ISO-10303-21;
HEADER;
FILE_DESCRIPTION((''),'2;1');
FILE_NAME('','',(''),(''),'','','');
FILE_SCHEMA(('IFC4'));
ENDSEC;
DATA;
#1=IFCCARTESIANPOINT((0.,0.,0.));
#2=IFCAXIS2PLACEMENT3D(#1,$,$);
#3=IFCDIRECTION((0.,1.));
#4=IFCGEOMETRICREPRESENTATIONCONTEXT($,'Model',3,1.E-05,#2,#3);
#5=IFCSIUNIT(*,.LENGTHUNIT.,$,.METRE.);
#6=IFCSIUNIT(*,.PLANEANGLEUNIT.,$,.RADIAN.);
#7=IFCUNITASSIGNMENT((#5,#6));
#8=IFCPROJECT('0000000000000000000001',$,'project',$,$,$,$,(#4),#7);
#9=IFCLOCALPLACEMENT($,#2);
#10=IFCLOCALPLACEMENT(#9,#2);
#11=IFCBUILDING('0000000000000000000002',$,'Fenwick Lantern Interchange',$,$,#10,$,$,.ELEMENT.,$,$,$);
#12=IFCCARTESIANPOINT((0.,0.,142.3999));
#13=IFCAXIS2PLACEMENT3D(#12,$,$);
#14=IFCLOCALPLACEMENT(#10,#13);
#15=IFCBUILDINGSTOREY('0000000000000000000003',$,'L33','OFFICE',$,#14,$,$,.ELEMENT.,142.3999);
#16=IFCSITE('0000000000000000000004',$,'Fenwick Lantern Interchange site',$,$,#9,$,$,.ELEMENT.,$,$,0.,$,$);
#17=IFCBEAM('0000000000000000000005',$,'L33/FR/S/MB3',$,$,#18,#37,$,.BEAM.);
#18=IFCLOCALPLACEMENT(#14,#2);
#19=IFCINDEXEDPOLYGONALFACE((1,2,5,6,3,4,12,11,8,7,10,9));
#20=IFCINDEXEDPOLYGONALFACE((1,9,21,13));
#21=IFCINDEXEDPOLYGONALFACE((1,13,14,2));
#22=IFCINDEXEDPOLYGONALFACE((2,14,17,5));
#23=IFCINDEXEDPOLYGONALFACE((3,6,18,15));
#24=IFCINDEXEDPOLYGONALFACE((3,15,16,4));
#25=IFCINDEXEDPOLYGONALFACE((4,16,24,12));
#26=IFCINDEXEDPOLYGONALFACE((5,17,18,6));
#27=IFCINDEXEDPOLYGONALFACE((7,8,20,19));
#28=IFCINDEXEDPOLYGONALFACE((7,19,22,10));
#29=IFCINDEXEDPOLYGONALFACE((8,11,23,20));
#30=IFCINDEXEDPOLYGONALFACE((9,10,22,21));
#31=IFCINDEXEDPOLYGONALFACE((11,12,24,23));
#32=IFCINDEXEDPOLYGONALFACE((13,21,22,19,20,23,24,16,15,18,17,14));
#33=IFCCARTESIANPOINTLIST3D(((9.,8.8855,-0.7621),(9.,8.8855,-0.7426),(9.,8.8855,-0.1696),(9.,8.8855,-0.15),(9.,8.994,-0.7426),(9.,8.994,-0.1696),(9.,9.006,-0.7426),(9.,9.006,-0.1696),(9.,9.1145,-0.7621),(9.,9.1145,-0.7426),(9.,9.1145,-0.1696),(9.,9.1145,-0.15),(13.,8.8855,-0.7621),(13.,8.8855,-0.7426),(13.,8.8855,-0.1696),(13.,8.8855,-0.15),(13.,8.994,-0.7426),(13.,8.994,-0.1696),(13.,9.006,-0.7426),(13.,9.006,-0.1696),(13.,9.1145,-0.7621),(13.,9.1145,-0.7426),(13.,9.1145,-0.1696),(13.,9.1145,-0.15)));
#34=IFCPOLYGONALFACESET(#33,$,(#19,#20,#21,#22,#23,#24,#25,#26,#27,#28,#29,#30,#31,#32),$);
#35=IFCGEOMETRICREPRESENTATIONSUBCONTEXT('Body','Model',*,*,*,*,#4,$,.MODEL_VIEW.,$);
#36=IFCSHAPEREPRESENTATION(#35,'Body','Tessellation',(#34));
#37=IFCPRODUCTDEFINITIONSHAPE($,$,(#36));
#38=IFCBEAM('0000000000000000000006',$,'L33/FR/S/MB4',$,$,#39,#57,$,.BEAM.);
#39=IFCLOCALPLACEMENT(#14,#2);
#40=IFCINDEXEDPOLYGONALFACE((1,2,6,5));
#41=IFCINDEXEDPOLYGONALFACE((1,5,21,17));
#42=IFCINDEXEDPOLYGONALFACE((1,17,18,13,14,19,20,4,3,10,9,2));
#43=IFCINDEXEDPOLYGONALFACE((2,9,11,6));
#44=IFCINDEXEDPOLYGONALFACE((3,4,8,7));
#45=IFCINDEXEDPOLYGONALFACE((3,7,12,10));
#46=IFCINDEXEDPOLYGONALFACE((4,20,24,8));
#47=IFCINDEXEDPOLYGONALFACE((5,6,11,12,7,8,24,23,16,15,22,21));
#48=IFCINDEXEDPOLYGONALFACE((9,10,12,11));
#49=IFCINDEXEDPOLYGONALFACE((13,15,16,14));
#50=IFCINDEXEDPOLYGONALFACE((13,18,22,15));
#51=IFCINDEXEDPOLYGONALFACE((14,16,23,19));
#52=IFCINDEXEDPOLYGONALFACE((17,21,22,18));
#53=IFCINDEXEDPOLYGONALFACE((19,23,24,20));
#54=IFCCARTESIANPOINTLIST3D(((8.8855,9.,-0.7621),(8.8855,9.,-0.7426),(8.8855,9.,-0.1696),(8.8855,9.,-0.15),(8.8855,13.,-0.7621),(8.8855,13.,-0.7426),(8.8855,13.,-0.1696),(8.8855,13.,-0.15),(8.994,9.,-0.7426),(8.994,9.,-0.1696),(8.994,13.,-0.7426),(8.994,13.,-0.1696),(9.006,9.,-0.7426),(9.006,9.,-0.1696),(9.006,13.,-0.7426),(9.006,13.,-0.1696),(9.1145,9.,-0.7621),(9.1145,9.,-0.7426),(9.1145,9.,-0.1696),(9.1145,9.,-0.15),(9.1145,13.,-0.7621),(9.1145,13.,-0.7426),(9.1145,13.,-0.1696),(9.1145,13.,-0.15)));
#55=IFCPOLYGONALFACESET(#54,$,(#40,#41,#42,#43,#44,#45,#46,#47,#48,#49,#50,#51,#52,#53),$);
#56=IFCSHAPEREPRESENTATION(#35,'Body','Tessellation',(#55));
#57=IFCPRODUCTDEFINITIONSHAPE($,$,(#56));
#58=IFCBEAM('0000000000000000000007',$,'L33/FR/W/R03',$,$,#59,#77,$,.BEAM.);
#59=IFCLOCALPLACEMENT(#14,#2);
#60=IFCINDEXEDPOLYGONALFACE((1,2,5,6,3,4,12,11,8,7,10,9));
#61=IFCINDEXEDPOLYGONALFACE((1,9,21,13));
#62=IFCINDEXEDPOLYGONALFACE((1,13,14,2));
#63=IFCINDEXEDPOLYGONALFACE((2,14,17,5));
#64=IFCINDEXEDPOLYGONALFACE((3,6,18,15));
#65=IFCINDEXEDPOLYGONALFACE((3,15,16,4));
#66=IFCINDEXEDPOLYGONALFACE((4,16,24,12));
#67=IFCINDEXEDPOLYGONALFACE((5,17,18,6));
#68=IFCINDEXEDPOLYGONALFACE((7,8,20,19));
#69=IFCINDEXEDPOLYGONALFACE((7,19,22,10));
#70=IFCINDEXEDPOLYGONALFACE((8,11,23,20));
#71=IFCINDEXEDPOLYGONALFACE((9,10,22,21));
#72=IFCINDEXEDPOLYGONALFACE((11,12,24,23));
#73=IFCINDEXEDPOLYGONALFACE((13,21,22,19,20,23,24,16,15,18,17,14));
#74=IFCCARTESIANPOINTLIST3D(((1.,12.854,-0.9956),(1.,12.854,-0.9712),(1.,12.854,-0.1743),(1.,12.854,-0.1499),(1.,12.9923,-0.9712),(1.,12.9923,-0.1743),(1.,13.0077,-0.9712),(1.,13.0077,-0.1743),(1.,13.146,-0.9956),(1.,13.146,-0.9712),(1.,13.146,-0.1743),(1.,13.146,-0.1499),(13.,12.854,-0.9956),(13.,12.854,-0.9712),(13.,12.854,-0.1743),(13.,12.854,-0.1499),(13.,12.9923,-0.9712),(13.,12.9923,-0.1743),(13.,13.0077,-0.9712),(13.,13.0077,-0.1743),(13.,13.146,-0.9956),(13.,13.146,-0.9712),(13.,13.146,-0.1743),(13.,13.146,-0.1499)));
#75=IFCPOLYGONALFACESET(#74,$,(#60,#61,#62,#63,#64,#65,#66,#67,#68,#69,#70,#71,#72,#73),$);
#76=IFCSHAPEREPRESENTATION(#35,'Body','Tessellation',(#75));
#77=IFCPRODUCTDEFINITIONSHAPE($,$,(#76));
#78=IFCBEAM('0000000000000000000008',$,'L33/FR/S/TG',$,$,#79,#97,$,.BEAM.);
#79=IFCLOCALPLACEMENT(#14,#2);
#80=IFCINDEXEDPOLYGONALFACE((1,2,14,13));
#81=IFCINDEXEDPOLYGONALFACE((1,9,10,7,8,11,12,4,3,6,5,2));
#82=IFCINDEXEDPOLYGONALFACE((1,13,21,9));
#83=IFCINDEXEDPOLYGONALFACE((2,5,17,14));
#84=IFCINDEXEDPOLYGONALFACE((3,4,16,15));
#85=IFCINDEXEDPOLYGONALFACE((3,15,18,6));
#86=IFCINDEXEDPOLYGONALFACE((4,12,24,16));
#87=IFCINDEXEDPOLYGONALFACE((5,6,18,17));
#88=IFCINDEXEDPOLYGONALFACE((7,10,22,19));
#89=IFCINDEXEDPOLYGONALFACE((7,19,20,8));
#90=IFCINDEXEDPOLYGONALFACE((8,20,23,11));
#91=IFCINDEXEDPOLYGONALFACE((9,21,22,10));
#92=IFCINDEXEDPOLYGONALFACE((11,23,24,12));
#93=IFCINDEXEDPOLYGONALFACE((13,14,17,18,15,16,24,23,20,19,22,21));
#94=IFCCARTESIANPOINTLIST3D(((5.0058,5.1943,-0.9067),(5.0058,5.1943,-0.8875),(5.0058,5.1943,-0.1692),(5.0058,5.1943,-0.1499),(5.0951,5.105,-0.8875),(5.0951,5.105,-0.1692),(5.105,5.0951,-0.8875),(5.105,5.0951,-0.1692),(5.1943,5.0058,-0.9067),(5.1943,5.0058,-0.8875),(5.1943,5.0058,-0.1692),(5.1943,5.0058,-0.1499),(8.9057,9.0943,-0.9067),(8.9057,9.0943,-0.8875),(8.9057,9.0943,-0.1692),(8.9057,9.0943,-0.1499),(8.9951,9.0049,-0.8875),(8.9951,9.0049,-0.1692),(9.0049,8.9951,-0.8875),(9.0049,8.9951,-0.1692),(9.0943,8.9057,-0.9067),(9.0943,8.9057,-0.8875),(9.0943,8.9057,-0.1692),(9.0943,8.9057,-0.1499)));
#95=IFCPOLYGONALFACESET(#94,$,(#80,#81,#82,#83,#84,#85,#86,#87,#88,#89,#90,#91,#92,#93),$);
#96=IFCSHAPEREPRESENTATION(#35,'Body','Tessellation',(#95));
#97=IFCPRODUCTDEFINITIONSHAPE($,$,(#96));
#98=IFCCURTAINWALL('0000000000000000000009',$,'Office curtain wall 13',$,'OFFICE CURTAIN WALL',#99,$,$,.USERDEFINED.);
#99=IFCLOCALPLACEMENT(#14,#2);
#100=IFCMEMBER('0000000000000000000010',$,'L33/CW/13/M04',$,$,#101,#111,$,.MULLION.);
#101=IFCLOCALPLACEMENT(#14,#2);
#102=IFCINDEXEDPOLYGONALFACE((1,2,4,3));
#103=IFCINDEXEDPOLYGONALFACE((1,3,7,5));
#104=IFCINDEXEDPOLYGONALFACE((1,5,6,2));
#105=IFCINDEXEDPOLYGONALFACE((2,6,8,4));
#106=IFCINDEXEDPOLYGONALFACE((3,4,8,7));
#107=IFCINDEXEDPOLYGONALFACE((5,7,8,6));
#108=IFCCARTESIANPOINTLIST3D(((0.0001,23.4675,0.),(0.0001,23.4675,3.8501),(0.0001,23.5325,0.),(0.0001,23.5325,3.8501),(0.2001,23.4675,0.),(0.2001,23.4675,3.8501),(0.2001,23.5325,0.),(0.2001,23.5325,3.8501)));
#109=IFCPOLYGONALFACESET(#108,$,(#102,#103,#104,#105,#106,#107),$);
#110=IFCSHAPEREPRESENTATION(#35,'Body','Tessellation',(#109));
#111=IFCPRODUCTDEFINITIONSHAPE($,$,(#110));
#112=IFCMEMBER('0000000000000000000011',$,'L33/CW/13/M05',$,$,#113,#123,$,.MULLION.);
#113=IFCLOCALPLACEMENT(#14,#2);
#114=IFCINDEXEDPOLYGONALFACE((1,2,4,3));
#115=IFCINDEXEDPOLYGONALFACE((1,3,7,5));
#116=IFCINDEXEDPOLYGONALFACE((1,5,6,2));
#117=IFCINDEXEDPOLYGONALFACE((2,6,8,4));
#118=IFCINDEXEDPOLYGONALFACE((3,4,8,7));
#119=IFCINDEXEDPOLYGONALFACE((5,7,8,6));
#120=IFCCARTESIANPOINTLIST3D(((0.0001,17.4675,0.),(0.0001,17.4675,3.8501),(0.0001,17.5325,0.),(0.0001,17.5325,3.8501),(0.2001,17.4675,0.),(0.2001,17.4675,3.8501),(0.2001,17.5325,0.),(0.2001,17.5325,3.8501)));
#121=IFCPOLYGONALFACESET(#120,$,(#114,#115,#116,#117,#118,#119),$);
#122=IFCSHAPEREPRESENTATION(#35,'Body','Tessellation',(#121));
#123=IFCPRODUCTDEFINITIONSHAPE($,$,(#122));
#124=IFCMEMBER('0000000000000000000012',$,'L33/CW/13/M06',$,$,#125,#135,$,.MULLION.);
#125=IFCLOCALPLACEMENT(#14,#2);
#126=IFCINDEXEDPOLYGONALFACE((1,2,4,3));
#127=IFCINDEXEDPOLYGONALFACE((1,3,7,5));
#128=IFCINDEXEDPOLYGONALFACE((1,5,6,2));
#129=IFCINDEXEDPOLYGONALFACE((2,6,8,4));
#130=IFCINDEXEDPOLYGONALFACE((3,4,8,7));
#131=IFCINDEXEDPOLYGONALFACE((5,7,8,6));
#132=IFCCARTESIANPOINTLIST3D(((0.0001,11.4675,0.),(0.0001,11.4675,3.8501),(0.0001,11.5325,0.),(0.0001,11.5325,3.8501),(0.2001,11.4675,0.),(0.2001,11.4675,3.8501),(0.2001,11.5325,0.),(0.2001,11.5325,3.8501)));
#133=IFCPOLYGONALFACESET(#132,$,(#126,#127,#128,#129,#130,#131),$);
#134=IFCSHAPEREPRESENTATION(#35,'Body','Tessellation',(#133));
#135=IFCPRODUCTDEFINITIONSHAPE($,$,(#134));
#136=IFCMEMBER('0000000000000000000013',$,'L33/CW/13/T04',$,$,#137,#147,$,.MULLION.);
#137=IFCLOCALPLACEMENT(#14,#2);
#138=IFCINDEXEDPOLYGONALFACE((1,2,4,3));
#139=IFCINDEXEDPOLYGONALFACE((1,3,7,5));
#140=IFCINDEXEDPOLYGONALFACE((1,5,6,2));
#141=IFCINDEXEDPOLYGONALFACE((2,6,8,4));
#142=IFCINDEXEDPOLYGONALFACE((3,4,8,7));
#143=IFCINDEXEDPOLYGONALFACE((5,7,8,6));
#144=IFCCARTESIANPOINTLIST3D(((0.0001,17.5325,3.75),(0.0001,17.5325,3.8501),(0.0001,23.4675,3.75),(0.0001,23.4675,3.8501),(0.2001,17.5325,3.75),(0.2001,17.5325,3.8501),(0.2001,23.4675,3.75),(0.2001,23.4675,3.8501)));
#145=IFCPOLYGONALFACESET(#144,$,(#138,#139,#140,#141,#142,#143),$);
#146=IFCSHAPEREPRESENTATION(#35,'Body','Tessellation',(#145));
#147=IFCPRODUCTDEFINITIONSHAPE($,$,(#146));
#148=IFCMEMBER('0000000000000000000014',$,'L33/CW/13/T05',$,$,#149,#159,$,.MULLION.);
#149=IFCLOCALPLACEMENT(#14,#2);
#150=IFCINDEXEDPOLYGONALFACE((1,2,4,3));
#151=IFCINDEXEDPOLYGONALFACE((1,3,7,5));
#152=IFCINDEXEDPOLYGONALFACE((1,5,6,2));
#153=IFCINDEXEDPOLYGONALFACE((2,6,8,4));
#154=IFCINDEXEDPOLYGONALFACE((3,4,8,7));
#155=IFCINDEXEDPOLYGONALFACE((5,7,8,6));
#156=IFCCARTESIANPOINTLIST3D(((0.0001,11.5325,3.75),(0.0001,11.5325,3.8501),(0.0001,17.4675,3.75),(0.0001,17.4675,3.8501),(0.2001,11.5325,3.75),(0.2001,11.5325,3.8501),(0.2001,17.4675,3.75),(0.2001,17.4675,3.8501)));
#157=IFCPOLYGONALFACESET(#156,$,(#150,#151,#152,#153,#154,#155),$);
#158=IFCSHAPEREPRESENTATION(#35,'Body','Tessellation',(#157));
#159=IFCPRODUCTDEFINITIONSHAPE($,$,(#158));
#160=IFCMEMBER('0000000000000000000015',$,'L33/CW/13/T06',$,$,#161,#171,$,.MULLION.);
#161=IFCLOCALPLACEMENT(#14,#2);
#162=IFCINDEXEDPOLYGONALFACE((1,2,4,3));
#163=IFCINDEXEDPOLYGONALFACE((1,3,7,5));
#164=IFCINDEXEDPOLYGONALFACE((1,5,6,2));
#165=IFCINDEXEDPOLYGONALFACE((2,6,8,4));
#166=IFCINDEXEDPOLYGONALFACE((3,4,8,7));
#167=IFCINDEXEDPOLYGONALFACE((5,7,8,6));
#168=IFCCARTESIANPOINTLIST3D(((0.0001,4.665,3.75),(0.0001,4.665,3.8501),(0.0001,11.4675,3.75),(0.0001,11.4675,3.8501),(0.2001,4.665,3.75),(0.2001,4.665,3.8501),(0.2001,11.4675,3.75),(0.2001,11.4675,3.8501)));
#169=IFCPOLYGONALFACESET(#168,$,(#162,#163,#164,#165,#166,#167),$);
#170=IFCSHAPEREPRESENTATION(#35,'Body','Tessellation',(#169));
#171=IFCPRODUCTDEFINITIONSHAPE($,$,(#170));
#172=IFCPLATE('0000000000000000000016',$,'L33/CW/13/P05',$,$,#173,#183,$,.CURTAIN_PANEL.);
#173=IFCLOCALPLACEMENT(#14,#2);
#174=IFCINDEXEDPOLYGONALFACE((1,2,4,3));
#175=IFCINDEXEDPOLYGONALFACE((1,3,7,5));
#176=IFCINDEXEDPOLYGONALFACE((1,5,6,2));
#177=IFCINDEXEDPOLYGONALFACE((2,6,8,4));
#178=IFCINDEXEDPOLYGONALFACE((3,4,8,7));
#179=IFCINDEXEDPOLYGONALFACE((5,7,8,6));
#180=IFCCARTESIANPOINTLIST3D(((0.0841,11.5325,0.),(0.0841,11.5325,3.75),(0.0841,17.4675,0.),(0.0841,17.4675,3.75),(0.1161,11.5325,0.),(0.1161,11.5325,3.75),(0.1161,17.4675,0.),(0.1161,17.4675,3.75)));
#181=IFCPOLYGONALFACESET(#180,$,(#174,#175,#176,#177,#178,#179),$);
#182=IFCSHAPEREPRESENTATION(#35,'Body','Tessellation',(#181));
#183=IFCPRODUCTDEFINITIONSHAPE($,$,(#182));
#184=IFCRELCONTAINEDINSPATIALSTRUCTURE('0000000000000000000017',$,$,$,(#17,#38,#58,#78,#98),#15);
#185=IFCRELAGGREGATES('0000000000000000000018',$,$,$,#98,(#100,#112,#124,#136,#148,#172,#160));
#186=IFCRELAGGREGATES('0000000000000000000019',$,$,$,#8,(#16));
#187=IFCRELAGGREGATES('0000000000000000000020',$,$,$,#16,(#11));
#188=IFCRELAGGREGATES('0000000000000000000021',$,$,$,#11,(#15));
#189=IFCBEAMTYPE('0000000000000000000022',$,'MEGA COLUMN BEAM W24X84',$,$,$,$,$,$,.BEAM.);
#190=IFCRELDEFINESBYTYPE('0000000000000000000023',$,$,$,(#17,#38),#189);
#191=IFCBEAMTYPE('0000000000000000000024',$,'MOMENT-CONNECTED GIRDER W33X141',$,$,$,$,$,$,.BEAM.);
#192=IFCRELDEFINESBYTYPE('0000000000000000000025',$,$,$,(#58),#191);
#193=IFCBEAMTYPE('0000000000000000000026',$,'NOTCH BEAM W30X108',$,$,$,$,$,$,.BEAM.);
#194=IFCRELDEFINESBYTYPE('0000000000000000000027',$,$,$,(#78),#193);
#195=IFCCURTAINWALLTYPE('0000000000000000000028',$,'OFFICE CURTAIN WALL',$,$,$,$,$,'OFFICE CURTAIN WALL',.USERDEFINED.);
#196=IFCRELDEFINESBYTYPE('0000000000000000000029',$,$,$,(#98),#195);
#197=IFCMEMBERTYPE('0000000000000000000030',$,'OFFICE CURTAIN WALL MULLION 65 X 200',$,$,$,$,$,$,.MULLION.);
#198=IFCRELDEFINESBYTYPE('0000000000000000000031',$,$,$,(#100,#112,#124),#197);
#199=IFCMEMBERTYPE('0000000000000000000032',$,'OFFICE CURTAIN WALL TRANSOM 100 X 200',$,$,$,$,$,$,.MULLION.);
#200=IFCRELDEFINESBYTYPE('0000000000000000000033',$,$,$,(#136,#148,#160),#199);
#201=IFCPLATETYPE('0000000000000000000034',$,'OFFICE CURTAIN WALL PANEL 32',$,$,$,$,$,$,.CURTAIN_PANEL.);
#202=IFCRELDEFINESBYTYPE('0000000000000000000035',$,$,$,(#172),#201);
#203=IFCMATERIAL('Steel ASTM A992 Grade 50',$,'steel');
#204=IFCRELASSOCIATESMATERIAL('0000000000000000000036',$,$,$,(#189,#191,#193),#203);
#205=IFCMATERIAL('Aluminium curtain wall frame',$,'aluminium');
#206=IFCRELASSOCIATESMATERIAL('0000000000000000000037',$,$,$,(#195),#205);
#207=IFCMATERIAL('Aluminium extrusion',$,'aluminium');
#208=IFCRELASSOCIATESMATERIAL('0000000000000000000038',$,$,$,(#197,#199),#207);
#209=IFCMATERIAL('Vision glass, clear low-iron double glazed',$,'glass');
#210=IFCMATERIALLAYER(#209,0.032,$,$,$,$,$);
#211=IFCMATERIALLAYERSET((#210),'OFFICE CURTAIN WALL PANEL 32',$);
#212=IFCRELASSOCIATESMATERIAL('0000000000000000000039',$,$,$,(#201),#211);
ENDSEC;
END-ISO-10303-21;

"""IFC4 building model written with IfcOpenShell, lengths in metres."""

from ifc_helpers import new_model, si_unit, direction, frame, origin, origin_2d, place, context, subcontext, project, spatial, rectangle, i_section, extrude, material, layer, layer_set, material_profile, profile_set, type_object, element, aggregate, save


model = new_model("IFC4")

# Units and contexts
model_context = context("Model", 3, precision=1e-05, world=origin(), true_north=direction((0.0, 1.0)))
body_context = subcontext(model_context, "Body", "Model", "MODEL_VIEW")
ifc_project = project(units=[si_unit("LENGTHUNIT", "METRE"), si_unit("PLANEANGLEUNIT", "RADIAN")], contexts=[model_context])

# Site, building, storey
site_placement = place(None, origin())
site = spatial("IfcSite", under=ifc_project, at=site_placement, Name="Fenwick Lantern Interchange site", CompositionType="ELEMENT", RefElevation=0.0)
building_placement = place(site_placement, origin())
building = spatial("IfcBuilding", under=site, at=building_placement, Name="Fenwick Lantern Interchange", CompositionType="ELEMENT")
storey_placement = place(building_placement, frame((0.0, 0.0, 142.3999)))
storey = spatial("IfcBuildingStorey", under=building, at=storey_placement, Name="L33", Description="OFFICE", CompositionType="ELEMENT", Elevation=142.3999)

# Beams
ifc_material_1 = material(Name="Steel ASTM A992 Grade 50", Category="steel")
ifc_material_profile_1 = material_profile(ifc_material_1, i_section(OverallWidth=0.229, OverallDepth=0.6121, WebThickness=0.012, FlangeThickness=0.0195, at=origin_2d()), Name="W24X84")
ifc_profile_set_1 = profile_set([ifc_material_profile_1], Name="Steel ASTM A992 Grade 50")
beam_type_1 = type_object("IfcBeamType", Name="MEGA COLUMN BEAM W24X84", PredefinedType="BEAM", material=ifc_profile_set_1)
for number, where, z_axis, x_axis, name in (
    (1, (9.0, 9.0, -0.4561), (1.0, 0.0, 0.0), (0.0, 1.0, 0.0), "L33/FR/S/MB3"),
    (2, (9.0, 9.0, -0.4561), (0.0, 1.0, 0.0), (-1.0, 0.0, 0.0), "L33/FR/S/MB4"),
):
    element("IfcBeam", number, at=place(storey_placement, frame(where, z_axis=z_axis, x_axis=x_axis)), inside=storey, type_object=beam_type_1, Name=name, PredefinedType="BEAM", context=body_context, shape_type="SweptSolid", body=[
        extrude(i_section(OverallWidth=0.229, OverallDepth=0.6121, WebThickness=0.012, FlangeThickness=0.0195, at=origin_2d()), origin(), (0.0, 0.0, 1.0), 4.0),
    ])
ifc_material_profile_2 = material_profile(ifc_material_1, i_section(OverallWidth=0.292, OverallDepth=0.8457, WebThickness=0.0154, FlangeThickness=0.0244, at=origin_2d()), Name="W33X141")
ifc_profile_set_2 = profile_set([ifc_material_profile_2], Name="Steel ASTM A992 Grade 50")
beam_type_2 = type_object("IfcBeamType", Name="MOMENT-CONNECTED GIRDER W33X141", PredefinedType="BEAM", material=ifc_profile_set_2)
beam_1_placement = place(storey_placement, frame((1.0, 13.0, -0.5728), z_axis=(1.0, 0.0, 0.0), x_axis=(0.0, 1.0, 0.0)))
element("IfcBeam", 3, at=beam_1_placement, inside=storey, type_object=beam_type_2, Name="L33/FR/W/R03", PredefinedType="BEAM", context=body_context, shape_type="SweptSolid", body=[
    extrude(i_section(OverallWidth=0.292, OverallDepth=0.8457, WebThickness=0.0154, FlangeThickness=0.0244, at=origin_2d()), origin(), (0.0, 0.0, 1.0), 12.0),
])
ifc_material_profile_3 = material_profile(ifc_material_1, i_section(OverallWidth=0.2666, OverallDepth=0.7568, WebThickness=0.0139, FlangeThickness=0.0193, at=origin_2d()), Name="W30X108")
ifc_profile_set_3 = profile_set([ifc_material_profile_3], Name="Steel ASTM A992 Grade 50")
beam_type_3 = type_object("IfcBeamType", Name="NOTCH BEAM W30X108", PredefinedType="BEAM", material=ifc_profile_set_3)
beam_2_placement = place(storey_placement, frame((9.0, 9.0, -0.5283), z_axis=(-0.707107, -0.707107, 0.0), x_axis=(0.707107, -0.707107, 0.0)))
element("IfcBeam", 4, at=beam_2_placement, inside=storey, type_object=beam_type_3, Name="L33/FR/S/TG", PredefinedType="BEAM", context=body_context, shape_type="SweptSolid", body=[
    extrude(i_section(OverallWidth=0.2666, OverallDepth=0.7568, WebThickness=0.0139, FlangeThickness=0.0193, at=origin_2d()), origin(), (0.0, 0.0, 1.0), 5.5154),
])

# Curtain wall, members, plate
ifc_material_2 = material(Name="Aluminium curtain wall frame", Category="aluminium")
curtain_wall_type = type_object("IfcCurtainWallType", Name="OFFICE CURTAIN WALL", ElementType="OFFICE CURTAIN WALL", PredefinedType="USERDEFINED", material=ifc_material_2)
curtain_wall_placement = place(storey_placement, origin())
curtain_wall = element("IfcCurtainWall", 5, at=curtain_wall_placement, inside=storey, type_object=curtain_wall_type, Name="Office curtain wall 13", ObjectType="OFFICE CURTAIN WALL", PredefinedType="USERDEFINED")
ifc_material_3 = material(Name="Aluminium extrusion", Category="aluminium")
ifc_material_profile_4 = material_profile(ifc_material_3, rectangle(XDim=0.2, YDim=0.0649, at=origin_2d()), Name="OFFICE CURTAIN WALL MULLION 65 X 200")
ifc_profile_set_4 = profile_set([ifc_material_profile_4], Name="Aluminium extrusion")
member_type_1 = type_object("IfcMemberType", Name="OFFICE CURTAIN WALL MULLION 65 X 200", PredefinedType="MULLION", material=ifc_profile_set_4)
member_1_placement = place(storey_placement, frame((0.1001, 23.5, 0.0), z_axis=(0.0, 0.0, 1.0), x_axis=(1.0, 0.0, 0.0)))
member_1 = element("IfcMember", 6, at=member_1_placement, type_object=member_type_1, Name="L33/CW/13/M04", PredefinedType="MULLION", context=body_context, shape_type="SweptSolid", body=[
    extrude(rectangle(XDim=0.2, YDim=0.0649, at=origin_2d()), origin(), (0.0, 0.0, 1.0), 3.8501),
])
member_2_placement = place(storey_placement, frame((0.1001, 17.5, 0.0), z_axis=(0.0, 0.0, 1.0), x_axis=(1.0, 0.0, 0.0)))
member_2 = element("IfcMember", 7, at=member_2_placement, type_object=member_type_1, Name="L33/CW/13/M05", PredefinedType="MULLION", context=body_context, shape_type="SweptSolid", body=[
    extrude(rectangle(XDim=0.2, YDim=0.0649, at=origin_2d()), origin(), (0.0, 0.0, 1.0), 3.8501),
])
member_3_placement = place(storey_placement, frame((0.1001, 11.5, 0.0), z_axis=(0.0, 0.0, 1.0), x_axis=(1.0, 0.0, 0.0)))
member_3 = element("IfcMember", 8, at=member_3_placement, type_object=member_type_1, Name="L33/CW/13/M06", PredefinedType="MULLION", context=body_context, shape_type="SweptSolid", body=[
    extrude(rectangle(XDim=0.2, YDim=0.0649, at=origin_2d()), origin(), (0.0, 0.0, 1.0), 3.8501),
])
ifc_material_profile_5 = material_profile(ifc_material_3, rectangle(XDim=0.2, YDim=0.1001, at=origin_2d()), Name="OFFICE CURTAIN WALL TRANSOM 100 X 200")
ifc_profile_set_5 = profile_set([ifc_material_profile_5], Name="Aluminium extrusion")
member_type_2 = type_object("IfcMemberType", Name="OFFICE CURTAIN WALL TRANSOM 100 X 200", PredefinedType="MULLION", material=ifc_profile_set_5)
member_4_placement = place(storey_placement, frame((0.1001, 23.4675, 3.8), z_axis=(0.0, -1.0, 0.0), x_axis=(1.0, 0.0, 0.0)))
member_4 = element("IfcMember", 9, at=member_4_placement, type_object=member_type_2, Name="L33/CW/13/T04", PredefinedType="MULLION", context=body_context, shape_type="SweptSolid", body=[
    extrude(rectangle(XDim=0.2, YDim=0.1001, at=origin_2d()), origin(), (0.0, 0.0, 1.0), 5.9351),
])
member_5_placement = place(storey_placement, frame((0.1001, 17.4675, 3.8), z_axis=(0.0, -1.0, 0.0), x_axis=(1.0, 0.0, 0.0)))
member_5 = element("IfcMember", 10, at=member_5_placement, type_object=member_type_2, Name="L33/CW/13/T05", PredefinedType="MULLION", context=body_context, shape_type="SweptSolid", body=[
    extrude(rectangle(XDim=0.2, YDim=0.1001, at=origin_2d()), origin(), (0.0, 0.0, 1.0), 5.9351),
])
member_6_placement = place(storey_placement, frame((0.1001, 11.4675, 3.8), z_axis=(0.0, -1.0, 0.0), x_axis=(1.0, 0.0, 0.0)))
member_6 = element("IfcMember", 11, at=member_6_placement, type_object=member_type_2, Name="L33/CW/13/T06", PredefinedType="MULLION", context=body_context, shape_type="SweptSolid", body=[
    extrude(rectangle(XDim=0.2, YDim=0.1001, at=origin_2d()), origin(), (0.0, 0.0, 1.0), 6.8025),
])
ifc_material_4 = material(Name="Vision glass, clear low-iron double glazed", Category="glass")
ifc_layer_1 = layer(ifc_material_4, 0.032)
ifc_layer_set_1 = layer_set([ifc_layer_1], Name="OFFICE CURTAIN WALL PANEL 32")
plate_type = type_object("IfcPlateType", Name="OFFICE CURTAIN WALL PANEL 32", PredefinedType="CURTAIN_PANEL", material=ifc_layer_set_1)
plate_placement = place(storey_placement, frame((0.1001, 14.5, 0.0), z_axis=(0.0, 0.0, 1.0), x_axis=(0.0, -1.0, 0.0)))
plate = element("IfcPlate", 12, at=plate_placement, type_object=plate_type, Name="L33/CW/13/P05", PredefinedType="CURTAIN_PANEL", context=body_context, shape_type="SweptSolid", body=[
    extrude(rectangle(XDim=5.9351, YDim=0.032, at=origin_2d()), origin(), (0.0, 0.0, 1.0), 3.75),
])
aggregate(curtain_wall, [member_1, member_2, member_3, member_4, member_5, plate, member_6])

save(model, "model.ifc")
